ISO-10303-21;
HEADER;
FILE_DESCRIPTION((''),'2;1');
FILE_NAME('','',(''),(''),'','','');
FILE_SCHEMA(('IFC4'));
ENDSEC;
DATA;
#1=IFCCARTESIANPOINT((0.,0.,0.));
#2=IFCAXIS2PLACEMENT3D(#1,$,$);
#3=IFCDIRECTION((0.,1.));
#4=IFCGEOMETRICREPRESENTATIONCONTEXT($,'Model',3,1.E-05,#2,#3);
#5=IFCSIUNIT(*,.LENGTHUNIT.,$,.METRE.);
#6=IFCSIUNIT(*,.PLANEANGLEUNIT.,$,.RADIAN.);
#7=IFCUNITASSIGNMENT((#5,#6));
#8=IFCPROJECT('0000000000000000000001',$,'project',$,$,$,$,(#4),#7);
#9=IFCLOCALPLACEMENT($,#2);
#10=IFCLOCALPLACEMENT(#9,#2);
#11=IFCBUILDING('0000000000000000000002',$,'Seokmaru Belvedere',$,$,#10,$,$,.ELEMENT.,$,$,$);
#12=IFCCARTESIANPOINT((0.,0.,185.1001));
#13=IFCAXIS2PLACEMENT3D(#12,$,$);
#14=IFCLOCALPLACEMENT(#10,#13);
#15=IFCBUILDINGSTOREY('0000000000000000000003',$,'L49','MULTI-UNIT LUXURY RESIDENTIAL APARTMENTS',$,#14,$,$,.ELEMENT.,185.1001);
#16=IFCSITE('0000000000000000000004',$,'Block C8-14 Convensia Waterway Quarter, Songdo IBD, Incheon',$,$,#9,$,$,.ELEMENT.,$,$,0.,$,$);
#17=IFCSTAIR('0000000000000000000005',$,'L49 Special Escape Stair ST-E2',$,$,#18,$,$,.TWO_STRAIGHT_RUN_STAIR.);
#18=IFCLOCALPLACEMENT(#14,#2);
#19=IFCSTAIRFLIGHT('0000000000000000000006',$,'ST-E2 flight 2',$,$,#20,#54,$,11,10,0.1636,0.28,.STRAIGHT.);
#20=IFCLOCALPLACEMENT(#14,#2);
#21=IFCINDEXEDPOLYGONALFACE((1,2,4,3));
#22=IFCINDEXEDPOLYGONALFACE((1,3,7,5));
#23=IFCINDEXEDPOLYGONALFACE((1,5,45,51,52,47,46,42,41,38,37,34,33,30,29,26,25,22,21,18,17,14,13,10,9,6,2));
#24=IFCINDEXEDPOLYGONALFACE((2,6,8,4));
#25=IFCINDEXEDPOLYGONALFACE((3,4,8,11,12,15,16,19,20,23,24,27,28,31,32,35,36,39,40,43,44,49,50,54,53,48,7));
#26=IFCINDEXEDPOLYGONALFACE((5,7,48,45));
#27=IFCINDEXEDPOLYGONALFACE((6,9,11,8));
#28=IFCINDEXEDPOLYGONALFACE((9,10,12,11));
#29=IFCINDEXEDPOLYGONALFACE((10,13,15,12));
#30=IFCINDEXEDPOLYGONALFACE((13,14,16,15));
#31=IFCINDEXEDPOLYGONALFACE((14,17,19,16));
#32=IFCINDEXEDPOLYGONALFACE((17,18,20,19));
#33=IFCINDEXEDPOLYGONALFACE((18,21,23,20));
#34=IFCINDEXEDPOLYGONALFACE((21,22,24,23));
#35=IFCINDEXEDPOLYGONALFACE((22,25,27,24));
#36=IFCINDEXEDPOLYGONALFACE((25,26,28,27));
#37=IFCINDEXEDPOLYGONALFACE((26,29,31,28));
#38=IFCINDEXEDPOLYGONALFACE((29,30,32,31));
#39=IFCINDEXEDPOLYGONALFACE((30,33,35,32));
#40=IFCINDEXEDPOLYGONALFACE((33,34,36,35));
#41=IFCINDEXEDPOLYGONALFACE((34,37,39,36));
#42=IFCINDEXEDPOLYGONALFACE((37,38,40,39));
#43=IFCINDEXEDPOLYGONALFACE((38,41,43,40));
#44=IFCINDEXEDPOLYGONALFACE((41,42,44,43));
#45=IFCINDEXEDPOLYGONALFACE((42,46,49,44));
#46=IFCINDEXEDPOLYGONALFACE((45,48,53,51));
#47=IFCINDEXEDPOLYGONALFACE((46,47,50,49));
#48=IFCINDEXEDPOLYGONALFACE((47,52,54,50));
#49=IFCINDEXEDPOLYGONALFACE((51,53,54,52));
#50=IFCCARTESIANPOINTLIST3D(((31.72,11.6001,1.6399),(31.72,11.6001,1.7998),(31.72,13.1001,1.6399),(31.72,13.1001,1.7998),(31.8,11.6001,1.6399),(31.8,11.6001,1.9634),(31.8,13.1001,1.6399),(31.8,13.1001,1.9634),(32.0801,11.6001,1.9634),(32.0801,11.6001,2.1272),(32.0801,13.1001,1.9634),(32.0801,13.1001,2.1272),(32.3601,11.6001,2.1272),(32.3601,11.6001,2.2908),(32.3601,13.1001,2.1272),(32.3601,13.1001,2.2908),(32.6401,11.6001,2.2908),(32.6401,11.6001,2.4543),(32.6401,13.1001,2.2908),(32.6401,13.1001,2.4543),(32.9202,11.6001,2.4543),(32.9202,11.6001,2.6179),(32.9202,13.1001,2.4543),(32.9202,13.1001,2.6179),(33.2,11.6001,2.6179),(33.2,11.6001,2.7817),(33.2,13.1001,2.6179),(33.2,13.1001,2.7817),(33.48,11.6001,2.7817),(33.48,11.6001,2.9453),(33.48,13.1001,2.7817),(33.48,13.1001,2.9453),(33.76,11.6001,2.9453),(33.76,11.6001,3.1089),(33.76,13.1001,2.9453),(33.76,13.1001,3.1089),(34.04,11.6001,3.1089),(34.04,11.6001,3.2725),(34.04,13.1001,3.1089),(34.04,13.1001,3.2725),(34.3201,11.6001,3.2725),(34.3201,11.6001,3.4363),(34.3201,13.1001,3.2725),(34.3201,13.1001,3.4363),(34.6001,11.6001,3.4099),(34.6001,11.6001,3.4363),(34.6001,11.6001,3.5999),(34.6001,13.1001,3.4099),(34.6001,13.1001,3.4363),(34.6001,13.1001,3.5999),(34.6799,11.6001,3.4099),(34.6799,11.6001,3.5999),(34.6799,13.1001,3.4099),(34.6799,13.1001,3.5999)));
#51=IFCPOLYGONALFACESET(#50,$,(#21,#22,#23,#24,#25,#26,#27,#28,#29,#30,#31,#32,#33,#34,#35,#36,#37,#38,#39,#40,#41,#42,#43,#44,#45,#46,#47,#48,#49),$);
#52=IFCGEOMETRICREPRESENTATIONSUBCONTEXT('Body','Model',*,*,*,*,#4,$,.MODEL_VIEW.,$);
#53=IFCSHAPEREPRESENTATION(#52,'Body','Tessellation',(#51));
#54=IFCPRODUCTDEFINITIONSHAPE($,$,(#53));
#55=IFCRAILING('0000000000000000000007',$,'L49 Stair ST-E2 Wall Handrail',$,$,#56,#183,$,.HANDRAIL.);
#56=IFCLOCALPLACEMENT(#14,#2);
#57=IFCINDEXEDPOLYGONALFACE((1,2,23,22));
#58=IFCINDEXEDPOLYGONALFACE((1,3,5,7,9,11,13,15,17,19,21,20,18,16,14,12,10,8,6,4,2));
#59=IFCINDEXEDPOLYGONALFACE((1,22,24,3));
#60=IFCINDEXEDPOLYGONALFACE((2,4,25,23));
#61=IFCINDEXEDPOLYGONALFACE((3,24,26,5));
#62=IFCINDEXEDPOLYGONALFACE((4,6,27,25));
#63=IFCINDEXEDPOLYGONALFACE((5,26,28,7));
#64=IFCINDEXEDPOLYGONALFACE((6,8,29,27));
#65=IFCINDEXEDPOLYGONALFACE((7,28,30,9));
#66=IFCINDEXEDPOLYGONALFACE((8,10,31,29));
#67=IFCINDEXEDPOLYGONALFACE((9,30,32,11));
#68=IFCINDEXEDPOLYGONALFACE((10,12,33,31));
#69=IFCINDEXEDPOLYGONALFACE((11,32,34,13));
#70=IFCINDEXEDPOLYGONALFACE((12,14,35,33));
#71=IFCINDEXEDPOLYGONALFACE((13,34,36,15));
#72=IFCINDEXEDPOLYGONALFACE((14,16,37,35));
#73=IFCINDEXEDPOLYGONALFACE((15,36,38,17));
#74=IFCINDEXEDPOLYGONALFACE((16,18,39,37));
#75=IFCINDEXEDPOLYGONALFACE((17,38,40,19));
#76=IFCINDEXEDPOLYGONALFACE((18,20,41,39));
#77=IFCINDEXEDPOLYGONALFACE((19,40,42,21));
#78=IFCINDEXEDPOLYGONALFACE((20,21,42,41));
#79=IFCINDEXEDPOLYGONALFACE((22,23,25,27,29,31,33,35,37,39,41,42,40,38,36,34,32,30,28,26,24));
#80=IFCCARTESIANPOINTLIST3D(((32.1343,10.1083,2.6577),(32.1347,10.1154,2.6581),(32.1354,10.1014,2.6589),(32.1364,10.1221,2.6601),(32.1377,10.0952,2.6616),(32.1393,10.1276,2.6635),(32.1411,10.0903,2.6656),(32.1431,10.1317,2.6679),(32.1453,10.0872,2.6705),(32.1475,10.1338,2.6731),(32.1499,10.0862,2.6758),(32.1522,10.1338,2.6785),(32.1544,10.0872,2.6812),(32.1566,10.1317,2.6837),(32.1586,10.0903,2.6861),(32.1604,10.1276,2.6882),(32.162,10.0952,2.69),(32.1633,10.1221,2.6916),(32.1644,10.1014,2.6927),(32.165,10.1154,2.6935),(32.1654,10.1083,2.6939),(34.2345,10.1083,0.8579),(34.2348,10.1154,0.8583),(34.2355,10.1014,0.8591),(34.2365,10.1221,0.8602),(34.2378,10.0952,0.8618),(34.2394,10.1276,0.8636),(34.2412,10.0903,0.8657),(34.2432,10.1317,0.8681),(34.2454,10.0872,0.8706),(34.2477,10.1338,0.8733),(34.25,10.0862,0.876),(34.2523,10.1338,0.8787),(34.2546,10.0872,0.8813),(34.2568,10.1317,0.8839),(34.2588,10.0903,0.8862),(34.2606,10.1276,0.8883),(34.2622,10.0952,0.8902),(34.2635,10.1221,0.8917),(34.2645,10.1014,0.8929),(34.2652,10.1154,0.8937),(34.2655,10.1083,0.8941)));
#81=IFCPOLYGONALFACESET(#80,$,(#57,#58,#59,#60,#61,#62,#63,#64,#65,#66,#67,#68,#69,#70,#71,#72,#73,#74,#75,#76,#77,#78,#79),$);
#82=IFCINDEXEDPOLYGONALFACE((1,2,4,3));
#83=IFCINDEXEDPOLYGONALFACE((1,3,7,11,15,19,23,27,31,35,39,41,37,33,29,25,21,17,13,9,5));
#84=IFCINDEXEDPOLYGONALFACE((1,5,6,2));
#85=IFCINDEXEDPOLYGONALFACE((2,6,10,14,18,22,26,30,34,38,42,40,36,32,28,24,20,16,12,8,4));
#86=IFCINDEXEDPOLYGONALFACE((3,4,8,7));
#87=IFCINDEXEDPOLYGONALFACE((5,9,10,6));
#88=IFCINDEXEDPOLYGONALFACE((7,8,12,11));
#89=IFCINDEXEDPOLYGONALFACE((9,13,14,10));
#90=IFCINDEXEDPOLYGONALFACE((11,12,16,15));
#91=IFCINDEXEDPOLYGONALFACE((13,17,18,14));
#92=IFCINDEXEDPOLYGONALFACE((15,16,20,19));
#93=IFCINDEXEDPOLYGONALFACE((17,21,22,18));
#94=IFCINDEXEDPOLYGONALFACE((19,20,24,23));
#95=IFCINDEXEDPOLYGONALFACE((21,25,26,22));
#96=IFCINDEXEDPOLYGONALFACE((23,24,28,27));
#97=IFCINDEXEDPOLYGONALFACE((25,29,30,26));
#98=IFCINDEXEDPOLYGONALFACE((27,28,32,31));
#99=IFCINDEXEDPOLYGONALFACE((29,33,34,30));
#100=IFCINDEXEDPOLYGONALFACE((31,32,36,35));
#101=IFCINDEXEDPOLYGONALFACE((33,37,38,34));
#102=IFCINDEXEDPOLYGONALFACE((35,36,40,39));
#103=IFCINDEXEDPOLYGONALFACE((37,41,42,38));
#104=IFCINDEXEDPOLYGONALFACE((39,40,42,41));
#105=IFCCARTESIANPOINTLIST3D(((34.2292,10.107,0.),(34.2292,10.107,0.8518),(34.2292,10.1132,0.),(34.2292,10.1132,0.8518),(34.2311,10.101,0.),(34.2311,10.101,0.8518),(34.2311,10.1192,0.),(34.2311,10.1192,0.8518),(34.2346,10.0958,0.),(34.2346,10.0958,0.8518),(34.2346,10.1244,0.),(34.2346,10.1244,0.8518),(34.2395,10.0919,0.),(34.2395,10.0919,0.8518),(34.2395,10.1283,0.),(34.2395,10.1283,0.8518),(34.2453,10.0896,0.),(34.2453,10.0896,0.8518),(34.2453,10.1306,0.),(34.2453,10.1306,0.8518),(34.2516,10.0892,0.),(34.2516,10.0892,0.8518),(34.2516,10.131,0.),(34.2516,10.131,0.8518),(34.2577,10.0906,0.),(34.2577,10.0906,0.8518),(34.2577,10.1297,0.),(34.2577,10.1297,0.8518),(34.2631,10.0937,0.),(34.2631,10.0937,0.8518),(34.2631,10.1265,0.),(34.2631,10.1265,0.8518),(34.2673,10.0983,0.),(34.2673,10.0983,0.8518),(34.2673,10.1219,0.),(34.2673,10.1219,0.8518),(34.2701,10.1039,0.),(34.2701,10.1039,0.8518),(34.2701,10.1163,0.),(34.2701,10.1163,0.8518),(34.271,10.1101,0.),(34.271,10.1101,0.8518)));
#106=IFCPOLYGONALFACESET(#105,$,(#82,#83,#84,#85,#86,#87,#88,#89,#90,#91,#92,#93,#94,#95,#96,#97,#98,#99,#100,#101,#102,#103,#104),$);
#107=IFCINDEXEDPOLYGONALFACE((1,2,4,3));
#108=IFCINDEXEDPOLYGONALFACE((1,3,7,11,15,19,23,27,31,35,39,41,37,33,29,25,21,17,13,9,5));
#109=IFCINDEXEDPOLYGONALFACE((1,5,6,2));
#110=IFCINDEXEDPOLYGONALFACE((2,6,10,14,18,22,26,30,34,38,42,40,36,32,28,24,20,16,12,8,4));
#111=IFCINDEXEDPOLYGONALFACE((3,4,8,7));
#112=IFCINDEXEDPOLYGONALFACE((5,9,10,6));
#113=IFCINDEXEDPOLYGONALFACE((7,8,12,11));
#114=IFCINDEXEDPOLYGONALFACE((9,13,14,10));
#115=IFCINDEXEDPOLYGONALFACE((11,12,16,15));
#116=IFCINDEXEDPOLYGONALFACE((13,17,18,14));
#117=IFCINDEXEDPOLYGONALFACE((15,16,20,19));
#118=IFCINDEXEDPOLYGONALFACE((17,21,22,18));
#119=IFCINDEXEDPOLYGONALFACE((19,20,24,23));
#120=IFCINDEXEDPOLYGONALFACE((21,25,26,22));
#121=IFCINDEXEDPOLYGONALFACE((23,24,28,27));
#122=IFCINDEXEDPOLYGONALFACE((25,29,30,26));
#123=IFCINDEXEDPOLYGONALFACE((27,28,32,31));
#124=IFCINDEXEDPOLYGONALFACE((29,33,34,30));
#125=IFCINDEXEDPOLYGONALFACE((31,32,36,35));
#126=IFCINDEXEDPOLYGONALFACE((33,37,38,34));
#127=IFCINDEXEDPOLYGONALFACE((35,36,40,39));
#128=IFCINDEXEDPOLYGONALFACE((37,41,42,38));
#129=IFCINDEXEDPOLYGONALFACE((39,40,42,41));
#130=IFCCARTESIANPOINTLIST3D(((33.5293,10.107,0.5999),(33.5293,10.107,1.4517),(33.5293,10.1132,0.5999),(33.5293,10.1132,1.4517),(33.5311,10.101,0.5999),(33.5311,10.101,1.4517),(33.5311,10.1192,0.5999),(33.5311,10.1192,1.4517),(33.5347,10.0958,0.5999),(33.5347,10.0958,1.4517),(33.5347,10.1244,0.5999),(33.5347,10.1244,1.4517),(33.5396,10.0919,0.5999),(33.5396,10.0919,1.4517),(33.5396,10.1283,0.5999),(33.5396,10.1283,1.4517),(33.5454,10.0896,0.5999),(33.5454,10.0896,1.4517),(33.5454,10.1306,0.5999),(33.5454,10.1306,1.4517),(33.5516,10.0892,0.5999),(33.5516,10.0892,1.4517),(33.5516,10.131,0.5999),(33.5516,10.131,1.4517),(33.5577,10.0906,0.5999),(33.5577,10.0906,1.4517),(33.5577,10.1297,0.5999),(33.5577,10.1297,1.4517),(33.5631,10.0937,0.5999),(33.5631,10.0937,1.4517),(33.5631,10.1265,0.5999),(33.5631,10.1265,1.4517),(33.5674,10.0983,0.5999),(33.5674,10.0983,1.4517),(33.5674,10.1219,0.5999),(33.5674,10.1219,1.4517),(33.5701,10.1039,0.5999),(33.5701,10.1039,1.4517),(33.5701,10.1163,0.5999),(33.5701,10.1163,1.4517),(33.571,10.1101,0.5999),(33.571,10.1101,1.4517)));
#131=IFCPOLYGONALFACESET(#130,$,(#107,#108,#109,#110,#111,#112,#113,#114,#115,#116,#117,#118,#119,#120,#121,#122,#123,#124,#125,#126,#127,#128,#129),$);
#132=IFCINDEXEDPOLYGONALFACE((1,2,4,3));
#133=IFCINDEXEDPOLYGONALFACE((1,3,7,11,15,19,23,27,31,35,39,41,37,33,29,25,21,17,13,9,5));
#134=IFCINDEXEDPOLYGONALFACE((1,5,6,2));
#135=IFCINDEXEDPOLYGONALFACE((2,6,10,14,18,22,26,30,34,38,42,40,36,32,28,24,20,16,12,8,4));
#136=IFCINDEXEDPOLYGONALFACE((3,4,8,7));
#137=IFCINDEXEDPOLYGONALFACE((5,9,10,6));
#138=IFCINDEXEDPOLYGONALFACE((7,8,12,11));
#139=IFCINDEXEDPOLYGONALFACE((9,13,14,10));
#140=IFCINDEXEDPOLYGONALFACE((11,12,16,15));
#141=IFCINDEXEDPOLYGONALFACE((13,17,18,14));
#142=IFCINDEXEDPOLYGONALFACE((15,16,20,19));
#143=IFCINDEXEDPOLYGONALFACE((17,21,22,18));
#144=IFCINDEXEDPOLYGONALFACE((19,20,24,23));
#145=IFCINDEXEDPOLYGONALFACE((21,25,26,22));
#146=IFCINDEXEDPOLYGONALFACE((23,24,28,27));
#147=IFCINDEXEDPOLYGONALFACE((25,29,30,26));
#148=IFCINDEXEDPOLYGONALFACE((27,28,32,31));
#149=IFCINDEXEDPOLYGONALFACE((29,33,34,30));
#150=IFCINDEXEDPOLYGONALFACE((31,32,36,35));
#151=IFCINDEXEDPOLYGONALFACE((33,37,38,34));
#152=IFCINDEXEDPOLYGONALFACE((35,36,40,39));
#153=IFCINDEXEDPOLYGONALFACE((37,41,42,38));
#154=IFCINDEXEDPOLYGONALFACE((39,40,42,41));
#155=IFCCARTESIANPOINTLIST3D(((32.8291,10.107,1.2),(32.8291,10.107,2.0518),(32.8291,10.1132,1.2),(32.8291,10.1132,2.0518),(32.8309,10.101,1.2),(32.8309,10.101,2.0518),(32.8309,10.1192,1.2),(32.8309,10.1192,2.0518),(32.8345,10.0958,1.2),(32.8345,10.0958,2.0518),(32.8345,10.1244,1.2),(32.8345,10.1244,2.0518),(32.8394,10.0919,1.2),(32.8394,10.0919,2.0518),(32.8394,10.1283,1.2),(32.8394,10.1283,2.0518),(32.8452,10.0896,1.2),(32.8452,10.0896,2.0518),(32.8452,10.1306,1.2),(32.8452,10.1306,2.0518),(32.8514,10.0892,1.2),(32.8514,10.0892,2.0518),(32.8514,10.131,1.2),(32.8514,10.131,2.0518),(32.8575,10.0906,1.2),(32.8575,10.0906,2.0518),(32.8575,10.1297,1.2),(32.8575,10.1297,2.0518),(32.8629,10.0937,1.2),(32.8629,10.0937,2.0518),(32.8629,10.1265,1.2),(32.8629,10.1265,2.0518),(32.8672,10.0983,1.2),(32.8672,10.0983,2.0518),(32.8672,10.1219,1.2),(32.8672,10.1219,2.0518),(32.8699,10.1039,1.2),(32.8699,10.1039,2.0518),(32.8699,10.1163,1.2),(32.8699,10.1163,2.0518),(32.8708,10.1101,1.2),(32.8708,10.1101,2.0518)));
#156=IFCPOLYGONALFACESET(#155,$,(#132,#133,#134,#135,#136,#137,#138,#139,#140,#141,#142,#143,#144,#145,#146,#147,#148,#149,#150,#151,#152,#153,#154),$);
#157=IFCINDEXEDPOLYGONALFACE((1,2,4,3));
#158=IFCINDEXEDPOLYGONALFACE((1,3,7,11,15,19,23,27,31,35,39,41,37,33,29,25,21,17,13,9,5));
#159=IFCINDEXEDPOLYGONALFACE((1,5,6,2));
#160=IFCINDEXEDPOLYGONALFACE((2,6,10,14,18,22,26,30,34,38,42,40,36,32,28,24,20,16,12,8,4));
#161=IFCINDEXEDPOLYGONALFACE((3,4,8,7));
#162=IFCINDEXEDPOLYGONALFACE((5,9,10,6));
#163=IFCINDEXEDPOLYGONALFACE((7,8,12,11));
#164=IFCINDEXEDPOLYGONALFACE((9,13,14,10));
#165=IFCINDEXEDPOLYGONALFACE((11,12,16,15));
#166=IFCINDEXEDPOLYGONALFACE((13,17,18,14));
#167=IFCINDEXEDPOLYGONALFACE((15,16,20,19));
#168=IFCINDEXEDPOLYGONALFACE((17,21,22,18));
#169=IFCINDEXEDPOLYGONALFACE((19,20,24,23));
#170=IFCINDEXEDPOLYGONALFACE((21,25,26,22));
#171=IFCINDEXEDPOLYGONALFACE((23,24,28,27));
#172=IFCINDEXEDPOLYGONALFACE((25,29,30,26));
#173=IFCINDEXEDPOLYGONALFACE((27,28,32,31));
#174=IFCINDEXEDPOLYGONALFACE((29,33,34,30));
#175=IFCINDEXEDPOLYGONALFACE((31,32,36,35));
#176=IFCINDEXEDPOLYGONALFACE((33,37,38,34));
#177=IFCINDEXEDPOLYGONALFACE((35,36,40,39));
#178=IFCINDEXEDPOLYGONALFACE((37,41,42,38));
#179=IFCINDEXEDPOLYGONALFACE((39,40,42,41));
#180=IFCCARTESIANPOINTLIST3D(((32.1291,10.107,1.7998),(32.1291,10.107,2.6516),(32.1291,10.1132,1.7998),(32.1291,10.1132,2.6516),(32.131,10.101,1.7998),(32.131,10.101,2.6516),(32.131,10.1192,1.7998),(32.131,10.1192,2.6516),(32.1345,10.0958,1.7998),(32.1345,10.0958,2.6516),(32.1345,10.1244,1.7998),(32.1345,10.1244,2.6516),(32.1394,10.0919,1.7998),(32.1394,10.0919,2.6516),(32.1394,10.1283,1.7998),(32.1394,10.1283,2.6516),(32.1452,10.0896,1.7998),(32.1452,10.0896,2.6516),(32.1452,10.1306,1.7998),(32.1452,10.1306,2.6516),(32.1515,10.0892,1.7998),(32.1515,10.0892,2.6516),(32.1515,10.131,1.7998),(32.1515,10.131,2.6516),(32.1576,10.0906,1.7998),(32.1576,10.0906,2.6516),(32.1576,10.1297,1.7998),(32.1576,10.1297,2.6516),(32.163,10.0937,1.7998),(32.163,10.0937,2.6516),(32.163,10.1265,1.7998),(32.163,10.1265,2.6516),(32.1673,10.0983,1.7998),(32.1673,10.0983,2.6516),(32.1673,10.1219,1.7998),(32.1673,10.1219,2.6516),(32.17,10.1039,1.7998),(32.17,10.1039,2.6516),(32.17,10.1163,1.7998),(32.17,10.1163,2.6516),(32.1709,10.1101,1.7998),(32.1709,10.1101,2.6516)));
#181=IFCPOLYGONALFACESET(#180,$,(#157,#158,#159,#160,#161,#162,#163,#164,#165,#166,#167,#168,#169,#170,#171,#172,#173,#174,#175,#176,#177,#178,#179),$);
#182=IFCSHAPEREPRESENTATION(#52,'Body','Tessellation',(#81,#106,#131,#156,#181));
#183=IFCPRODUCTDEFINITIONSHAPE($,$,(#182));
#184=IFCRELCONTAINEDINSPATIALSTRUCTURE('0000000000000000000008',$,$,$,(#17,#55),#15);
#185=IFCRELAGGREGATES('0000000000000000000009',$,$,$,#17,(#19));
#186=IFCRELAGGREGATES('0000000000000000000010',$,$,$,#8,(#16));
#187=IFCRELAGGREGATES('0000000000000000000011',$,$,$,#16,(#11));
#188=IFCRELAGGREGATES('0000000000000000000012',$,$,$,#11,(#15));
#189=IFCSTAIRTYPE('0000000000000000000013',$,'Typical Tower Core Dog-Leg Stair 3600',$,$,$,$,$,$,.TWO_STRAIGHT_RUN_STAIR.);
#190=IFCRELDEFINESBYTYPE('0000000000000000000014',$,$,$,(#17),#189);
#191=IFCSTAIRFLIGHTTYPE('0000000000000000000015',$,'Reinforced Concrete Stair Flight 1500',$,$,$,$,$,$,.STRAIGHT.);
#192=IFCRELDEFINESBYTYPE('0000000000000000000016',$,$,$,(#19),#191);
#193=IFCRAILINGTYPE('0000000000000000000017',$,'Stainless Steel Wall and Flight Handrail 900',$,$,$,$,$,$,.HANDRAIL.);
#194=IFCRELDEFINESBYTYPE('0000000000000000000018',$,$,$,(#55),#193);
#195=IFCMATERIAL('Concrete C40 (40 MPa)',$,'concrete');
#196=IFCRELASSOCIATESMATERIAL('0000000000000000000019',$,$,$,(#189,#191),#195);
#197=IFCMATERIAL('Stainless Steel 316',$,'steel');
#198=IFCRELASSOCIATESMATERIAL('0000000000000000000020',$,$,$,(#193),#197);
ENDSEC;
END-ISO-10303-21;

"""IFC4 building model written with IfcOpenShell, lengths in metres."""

from ifc_helpers import new_model, si_unit, direction, frame, origin, origin_2d, place, context, subcontext, project, spatial, polyline, circle, outline, extrude, material, type_object, element, aggregate, save


model = new_model("IFC4")

# Units and contexts
model_context = context("Model", 3, precision=1e-05, world=origin(), true_north=direction((0.0, 1.0)))
body_context = subcontext(model_context, "Body", "Model", "MODEL_VIEW")
ifc_project = project(units=[si_unit("LENGTHUNIT", "METRE"), si_unit("PLANEANGLEUNIT", "RADIAN")], contexts=[model_context])

# Site, building, storey
site_placement = place(None, origin())
site = spatial("IfcSite", under=ifc_project, at=site_placement, Name="Block C8-14 Convensia Waterway Quarter, Songdo IBD, Incheon", CompositionType="ELEMENT", RefElevation=0.0)
building_placement = place(site_placement, origin())
building = spatial("IfcBuilding", under=site, at=building_placement, Name="Seokmaru Belvedere", CompositionType="ELEMENT")
storey_placement = place(building_placement, frame((0.0, 0.0, 185.1001)))
storey = spatial("IfcBuildingStorey", under=building, at=storey_placement, Name="L49", Description="MULTI-UNIT LUXURY RESIDENTIAL APARTMENTS", CompositionType="ELEMENT", Elevation=185.1001)

# Shared definitions
ifc_material_1 = material(Name="Stainless Steel 316", Category="steel")

# Stair, stair flight
ifc_material_2 = material(Name="Concrete C40 (40 MPa)", Category="concrete")
stair_type = type_object("IfcStairType", Name="Typical Tower Core Dog-Leg Stair 3600", PredefinedType="TWO_STRAIGHT_RUN_STAIR", material=ifc_material_2)
stair_placement = place(storey_placement, origin())
stair = element("IfcStair", 1, at=stair_placement, inside=storey, type_object=stair_type, Name="L49 Special Escape Stair ST-E2", PredefinedType="TWO_STRAIGHT_RUN_STAIR")
stair_flight_type = type_object("IfcStairFlightType", Name="Reinforced Concrete Stair Flight 1500", PredefinedType="STRAIGHT", material=ifc_material_2)
stair_flight_1_placement = place(storey_placement, frame((31.8, 12.3501, 1.7998), z_axis=(0.0, 0.0, 1.0), x_axis=(1.0, 0.0, 0.0)))
stair_flight_1 = element("IfcStairFlight", 2, at=stair_flight_1_placement, type_object=stair_flight_type, Name="ST-E2 flight 2", NumberOfRisers=11, NumberOfTreads=10, PredefinedType="STRAIGHT", RiserHeight=0.1636, TreadLength=0.28, context=body_context, shape_type="SweptSolid", body=[
    extrude(outline(polyline([(-0.0801, 0.0), (0.0, 0.1636), (0.28, 0.1636), (0.28, 0.3274), (0.5601, 0.3274), (0.5601, 0.491), (0.8401, 0.491), (0.8401, 0.6545), (1.1201, 0.6545), (1.1201, 0.8181), (1.3999, 0.8181), (1.3999, 0.9819), (1.6799, 0.9819), (1.6799, 1.1455), (1.96, 1.1455), (1.96, 1.3091), (2.24, 1.3091), (2.24, 1.4727), (2.52, 1.4727), (2.52, 1.6365), (2.8, 1.6365), (2.8, 1.8), (2.8799, 1.8), (2.8799, 1.6101), (2.8, 1.6101), (0.0, -0.1599), (-0.0801, -0.1599), (-0.0801, 0.0)])), frame((0.0, 0.75, 0.0), z_axis=(0.0, -1.0, 0.0), x_axis=(1.0, 0.0, 0.0)), (0.0, 0.0, 1.0), 1.5),
])
aggregate(stair, [stair_flight_1])

# Railing
railing_type_1 = type_object("IfcRailingType", Name="Stainless Steel Wall and Flight Handrail 900", PredefinedType="HANDRAIL", material=ifc_material_1)
railing_1_placement = place(storey_placement, frame((34.25, 10.1101, 0.0)))
element("IfcRailing", 3, at=railing_1_placement, inside=storey, type_object=railing_type_1, Name="L49 Stair ST-E2 Wall Handrail", PredefinedType="HANDRAIL", context=body_context, shape_type="SweptSolid", body=[
    extrude(circle(Radius=0.0239, at=origin_2d()), frame((0.0, 0.0, 0.876), z_axis=(-0.759306, 0.0, 0.650733), x_axis=(0.0, -1.0, 0.0)), (0.0, 0.0, 1.0), 2.7659),
    extrude(circle(Radius=0.021, at=origin_2d()), origin(), (0.0, 0.0, 1.0), 0.8518),
    extrude(circle(Radius=0.021, at=origin_2d()), frame((-0.7, 0.0, 0.5999)), (0.0, 0.0, 1.0), 0.8518),
    extrude(circle(Radius=0.021, at=origin_2d()), frame((-1.4001, 0.0, 1.2)), (0.0, 0.0, 1.0), 0.8518),
    extrude(circle(Radius=0.021, at=origin_2d()), frame((-2.1001, 0.0, 1.7998)), (0.0, 0.0, 1.0), 0.8518),
])

save(model, "model.ifc")
